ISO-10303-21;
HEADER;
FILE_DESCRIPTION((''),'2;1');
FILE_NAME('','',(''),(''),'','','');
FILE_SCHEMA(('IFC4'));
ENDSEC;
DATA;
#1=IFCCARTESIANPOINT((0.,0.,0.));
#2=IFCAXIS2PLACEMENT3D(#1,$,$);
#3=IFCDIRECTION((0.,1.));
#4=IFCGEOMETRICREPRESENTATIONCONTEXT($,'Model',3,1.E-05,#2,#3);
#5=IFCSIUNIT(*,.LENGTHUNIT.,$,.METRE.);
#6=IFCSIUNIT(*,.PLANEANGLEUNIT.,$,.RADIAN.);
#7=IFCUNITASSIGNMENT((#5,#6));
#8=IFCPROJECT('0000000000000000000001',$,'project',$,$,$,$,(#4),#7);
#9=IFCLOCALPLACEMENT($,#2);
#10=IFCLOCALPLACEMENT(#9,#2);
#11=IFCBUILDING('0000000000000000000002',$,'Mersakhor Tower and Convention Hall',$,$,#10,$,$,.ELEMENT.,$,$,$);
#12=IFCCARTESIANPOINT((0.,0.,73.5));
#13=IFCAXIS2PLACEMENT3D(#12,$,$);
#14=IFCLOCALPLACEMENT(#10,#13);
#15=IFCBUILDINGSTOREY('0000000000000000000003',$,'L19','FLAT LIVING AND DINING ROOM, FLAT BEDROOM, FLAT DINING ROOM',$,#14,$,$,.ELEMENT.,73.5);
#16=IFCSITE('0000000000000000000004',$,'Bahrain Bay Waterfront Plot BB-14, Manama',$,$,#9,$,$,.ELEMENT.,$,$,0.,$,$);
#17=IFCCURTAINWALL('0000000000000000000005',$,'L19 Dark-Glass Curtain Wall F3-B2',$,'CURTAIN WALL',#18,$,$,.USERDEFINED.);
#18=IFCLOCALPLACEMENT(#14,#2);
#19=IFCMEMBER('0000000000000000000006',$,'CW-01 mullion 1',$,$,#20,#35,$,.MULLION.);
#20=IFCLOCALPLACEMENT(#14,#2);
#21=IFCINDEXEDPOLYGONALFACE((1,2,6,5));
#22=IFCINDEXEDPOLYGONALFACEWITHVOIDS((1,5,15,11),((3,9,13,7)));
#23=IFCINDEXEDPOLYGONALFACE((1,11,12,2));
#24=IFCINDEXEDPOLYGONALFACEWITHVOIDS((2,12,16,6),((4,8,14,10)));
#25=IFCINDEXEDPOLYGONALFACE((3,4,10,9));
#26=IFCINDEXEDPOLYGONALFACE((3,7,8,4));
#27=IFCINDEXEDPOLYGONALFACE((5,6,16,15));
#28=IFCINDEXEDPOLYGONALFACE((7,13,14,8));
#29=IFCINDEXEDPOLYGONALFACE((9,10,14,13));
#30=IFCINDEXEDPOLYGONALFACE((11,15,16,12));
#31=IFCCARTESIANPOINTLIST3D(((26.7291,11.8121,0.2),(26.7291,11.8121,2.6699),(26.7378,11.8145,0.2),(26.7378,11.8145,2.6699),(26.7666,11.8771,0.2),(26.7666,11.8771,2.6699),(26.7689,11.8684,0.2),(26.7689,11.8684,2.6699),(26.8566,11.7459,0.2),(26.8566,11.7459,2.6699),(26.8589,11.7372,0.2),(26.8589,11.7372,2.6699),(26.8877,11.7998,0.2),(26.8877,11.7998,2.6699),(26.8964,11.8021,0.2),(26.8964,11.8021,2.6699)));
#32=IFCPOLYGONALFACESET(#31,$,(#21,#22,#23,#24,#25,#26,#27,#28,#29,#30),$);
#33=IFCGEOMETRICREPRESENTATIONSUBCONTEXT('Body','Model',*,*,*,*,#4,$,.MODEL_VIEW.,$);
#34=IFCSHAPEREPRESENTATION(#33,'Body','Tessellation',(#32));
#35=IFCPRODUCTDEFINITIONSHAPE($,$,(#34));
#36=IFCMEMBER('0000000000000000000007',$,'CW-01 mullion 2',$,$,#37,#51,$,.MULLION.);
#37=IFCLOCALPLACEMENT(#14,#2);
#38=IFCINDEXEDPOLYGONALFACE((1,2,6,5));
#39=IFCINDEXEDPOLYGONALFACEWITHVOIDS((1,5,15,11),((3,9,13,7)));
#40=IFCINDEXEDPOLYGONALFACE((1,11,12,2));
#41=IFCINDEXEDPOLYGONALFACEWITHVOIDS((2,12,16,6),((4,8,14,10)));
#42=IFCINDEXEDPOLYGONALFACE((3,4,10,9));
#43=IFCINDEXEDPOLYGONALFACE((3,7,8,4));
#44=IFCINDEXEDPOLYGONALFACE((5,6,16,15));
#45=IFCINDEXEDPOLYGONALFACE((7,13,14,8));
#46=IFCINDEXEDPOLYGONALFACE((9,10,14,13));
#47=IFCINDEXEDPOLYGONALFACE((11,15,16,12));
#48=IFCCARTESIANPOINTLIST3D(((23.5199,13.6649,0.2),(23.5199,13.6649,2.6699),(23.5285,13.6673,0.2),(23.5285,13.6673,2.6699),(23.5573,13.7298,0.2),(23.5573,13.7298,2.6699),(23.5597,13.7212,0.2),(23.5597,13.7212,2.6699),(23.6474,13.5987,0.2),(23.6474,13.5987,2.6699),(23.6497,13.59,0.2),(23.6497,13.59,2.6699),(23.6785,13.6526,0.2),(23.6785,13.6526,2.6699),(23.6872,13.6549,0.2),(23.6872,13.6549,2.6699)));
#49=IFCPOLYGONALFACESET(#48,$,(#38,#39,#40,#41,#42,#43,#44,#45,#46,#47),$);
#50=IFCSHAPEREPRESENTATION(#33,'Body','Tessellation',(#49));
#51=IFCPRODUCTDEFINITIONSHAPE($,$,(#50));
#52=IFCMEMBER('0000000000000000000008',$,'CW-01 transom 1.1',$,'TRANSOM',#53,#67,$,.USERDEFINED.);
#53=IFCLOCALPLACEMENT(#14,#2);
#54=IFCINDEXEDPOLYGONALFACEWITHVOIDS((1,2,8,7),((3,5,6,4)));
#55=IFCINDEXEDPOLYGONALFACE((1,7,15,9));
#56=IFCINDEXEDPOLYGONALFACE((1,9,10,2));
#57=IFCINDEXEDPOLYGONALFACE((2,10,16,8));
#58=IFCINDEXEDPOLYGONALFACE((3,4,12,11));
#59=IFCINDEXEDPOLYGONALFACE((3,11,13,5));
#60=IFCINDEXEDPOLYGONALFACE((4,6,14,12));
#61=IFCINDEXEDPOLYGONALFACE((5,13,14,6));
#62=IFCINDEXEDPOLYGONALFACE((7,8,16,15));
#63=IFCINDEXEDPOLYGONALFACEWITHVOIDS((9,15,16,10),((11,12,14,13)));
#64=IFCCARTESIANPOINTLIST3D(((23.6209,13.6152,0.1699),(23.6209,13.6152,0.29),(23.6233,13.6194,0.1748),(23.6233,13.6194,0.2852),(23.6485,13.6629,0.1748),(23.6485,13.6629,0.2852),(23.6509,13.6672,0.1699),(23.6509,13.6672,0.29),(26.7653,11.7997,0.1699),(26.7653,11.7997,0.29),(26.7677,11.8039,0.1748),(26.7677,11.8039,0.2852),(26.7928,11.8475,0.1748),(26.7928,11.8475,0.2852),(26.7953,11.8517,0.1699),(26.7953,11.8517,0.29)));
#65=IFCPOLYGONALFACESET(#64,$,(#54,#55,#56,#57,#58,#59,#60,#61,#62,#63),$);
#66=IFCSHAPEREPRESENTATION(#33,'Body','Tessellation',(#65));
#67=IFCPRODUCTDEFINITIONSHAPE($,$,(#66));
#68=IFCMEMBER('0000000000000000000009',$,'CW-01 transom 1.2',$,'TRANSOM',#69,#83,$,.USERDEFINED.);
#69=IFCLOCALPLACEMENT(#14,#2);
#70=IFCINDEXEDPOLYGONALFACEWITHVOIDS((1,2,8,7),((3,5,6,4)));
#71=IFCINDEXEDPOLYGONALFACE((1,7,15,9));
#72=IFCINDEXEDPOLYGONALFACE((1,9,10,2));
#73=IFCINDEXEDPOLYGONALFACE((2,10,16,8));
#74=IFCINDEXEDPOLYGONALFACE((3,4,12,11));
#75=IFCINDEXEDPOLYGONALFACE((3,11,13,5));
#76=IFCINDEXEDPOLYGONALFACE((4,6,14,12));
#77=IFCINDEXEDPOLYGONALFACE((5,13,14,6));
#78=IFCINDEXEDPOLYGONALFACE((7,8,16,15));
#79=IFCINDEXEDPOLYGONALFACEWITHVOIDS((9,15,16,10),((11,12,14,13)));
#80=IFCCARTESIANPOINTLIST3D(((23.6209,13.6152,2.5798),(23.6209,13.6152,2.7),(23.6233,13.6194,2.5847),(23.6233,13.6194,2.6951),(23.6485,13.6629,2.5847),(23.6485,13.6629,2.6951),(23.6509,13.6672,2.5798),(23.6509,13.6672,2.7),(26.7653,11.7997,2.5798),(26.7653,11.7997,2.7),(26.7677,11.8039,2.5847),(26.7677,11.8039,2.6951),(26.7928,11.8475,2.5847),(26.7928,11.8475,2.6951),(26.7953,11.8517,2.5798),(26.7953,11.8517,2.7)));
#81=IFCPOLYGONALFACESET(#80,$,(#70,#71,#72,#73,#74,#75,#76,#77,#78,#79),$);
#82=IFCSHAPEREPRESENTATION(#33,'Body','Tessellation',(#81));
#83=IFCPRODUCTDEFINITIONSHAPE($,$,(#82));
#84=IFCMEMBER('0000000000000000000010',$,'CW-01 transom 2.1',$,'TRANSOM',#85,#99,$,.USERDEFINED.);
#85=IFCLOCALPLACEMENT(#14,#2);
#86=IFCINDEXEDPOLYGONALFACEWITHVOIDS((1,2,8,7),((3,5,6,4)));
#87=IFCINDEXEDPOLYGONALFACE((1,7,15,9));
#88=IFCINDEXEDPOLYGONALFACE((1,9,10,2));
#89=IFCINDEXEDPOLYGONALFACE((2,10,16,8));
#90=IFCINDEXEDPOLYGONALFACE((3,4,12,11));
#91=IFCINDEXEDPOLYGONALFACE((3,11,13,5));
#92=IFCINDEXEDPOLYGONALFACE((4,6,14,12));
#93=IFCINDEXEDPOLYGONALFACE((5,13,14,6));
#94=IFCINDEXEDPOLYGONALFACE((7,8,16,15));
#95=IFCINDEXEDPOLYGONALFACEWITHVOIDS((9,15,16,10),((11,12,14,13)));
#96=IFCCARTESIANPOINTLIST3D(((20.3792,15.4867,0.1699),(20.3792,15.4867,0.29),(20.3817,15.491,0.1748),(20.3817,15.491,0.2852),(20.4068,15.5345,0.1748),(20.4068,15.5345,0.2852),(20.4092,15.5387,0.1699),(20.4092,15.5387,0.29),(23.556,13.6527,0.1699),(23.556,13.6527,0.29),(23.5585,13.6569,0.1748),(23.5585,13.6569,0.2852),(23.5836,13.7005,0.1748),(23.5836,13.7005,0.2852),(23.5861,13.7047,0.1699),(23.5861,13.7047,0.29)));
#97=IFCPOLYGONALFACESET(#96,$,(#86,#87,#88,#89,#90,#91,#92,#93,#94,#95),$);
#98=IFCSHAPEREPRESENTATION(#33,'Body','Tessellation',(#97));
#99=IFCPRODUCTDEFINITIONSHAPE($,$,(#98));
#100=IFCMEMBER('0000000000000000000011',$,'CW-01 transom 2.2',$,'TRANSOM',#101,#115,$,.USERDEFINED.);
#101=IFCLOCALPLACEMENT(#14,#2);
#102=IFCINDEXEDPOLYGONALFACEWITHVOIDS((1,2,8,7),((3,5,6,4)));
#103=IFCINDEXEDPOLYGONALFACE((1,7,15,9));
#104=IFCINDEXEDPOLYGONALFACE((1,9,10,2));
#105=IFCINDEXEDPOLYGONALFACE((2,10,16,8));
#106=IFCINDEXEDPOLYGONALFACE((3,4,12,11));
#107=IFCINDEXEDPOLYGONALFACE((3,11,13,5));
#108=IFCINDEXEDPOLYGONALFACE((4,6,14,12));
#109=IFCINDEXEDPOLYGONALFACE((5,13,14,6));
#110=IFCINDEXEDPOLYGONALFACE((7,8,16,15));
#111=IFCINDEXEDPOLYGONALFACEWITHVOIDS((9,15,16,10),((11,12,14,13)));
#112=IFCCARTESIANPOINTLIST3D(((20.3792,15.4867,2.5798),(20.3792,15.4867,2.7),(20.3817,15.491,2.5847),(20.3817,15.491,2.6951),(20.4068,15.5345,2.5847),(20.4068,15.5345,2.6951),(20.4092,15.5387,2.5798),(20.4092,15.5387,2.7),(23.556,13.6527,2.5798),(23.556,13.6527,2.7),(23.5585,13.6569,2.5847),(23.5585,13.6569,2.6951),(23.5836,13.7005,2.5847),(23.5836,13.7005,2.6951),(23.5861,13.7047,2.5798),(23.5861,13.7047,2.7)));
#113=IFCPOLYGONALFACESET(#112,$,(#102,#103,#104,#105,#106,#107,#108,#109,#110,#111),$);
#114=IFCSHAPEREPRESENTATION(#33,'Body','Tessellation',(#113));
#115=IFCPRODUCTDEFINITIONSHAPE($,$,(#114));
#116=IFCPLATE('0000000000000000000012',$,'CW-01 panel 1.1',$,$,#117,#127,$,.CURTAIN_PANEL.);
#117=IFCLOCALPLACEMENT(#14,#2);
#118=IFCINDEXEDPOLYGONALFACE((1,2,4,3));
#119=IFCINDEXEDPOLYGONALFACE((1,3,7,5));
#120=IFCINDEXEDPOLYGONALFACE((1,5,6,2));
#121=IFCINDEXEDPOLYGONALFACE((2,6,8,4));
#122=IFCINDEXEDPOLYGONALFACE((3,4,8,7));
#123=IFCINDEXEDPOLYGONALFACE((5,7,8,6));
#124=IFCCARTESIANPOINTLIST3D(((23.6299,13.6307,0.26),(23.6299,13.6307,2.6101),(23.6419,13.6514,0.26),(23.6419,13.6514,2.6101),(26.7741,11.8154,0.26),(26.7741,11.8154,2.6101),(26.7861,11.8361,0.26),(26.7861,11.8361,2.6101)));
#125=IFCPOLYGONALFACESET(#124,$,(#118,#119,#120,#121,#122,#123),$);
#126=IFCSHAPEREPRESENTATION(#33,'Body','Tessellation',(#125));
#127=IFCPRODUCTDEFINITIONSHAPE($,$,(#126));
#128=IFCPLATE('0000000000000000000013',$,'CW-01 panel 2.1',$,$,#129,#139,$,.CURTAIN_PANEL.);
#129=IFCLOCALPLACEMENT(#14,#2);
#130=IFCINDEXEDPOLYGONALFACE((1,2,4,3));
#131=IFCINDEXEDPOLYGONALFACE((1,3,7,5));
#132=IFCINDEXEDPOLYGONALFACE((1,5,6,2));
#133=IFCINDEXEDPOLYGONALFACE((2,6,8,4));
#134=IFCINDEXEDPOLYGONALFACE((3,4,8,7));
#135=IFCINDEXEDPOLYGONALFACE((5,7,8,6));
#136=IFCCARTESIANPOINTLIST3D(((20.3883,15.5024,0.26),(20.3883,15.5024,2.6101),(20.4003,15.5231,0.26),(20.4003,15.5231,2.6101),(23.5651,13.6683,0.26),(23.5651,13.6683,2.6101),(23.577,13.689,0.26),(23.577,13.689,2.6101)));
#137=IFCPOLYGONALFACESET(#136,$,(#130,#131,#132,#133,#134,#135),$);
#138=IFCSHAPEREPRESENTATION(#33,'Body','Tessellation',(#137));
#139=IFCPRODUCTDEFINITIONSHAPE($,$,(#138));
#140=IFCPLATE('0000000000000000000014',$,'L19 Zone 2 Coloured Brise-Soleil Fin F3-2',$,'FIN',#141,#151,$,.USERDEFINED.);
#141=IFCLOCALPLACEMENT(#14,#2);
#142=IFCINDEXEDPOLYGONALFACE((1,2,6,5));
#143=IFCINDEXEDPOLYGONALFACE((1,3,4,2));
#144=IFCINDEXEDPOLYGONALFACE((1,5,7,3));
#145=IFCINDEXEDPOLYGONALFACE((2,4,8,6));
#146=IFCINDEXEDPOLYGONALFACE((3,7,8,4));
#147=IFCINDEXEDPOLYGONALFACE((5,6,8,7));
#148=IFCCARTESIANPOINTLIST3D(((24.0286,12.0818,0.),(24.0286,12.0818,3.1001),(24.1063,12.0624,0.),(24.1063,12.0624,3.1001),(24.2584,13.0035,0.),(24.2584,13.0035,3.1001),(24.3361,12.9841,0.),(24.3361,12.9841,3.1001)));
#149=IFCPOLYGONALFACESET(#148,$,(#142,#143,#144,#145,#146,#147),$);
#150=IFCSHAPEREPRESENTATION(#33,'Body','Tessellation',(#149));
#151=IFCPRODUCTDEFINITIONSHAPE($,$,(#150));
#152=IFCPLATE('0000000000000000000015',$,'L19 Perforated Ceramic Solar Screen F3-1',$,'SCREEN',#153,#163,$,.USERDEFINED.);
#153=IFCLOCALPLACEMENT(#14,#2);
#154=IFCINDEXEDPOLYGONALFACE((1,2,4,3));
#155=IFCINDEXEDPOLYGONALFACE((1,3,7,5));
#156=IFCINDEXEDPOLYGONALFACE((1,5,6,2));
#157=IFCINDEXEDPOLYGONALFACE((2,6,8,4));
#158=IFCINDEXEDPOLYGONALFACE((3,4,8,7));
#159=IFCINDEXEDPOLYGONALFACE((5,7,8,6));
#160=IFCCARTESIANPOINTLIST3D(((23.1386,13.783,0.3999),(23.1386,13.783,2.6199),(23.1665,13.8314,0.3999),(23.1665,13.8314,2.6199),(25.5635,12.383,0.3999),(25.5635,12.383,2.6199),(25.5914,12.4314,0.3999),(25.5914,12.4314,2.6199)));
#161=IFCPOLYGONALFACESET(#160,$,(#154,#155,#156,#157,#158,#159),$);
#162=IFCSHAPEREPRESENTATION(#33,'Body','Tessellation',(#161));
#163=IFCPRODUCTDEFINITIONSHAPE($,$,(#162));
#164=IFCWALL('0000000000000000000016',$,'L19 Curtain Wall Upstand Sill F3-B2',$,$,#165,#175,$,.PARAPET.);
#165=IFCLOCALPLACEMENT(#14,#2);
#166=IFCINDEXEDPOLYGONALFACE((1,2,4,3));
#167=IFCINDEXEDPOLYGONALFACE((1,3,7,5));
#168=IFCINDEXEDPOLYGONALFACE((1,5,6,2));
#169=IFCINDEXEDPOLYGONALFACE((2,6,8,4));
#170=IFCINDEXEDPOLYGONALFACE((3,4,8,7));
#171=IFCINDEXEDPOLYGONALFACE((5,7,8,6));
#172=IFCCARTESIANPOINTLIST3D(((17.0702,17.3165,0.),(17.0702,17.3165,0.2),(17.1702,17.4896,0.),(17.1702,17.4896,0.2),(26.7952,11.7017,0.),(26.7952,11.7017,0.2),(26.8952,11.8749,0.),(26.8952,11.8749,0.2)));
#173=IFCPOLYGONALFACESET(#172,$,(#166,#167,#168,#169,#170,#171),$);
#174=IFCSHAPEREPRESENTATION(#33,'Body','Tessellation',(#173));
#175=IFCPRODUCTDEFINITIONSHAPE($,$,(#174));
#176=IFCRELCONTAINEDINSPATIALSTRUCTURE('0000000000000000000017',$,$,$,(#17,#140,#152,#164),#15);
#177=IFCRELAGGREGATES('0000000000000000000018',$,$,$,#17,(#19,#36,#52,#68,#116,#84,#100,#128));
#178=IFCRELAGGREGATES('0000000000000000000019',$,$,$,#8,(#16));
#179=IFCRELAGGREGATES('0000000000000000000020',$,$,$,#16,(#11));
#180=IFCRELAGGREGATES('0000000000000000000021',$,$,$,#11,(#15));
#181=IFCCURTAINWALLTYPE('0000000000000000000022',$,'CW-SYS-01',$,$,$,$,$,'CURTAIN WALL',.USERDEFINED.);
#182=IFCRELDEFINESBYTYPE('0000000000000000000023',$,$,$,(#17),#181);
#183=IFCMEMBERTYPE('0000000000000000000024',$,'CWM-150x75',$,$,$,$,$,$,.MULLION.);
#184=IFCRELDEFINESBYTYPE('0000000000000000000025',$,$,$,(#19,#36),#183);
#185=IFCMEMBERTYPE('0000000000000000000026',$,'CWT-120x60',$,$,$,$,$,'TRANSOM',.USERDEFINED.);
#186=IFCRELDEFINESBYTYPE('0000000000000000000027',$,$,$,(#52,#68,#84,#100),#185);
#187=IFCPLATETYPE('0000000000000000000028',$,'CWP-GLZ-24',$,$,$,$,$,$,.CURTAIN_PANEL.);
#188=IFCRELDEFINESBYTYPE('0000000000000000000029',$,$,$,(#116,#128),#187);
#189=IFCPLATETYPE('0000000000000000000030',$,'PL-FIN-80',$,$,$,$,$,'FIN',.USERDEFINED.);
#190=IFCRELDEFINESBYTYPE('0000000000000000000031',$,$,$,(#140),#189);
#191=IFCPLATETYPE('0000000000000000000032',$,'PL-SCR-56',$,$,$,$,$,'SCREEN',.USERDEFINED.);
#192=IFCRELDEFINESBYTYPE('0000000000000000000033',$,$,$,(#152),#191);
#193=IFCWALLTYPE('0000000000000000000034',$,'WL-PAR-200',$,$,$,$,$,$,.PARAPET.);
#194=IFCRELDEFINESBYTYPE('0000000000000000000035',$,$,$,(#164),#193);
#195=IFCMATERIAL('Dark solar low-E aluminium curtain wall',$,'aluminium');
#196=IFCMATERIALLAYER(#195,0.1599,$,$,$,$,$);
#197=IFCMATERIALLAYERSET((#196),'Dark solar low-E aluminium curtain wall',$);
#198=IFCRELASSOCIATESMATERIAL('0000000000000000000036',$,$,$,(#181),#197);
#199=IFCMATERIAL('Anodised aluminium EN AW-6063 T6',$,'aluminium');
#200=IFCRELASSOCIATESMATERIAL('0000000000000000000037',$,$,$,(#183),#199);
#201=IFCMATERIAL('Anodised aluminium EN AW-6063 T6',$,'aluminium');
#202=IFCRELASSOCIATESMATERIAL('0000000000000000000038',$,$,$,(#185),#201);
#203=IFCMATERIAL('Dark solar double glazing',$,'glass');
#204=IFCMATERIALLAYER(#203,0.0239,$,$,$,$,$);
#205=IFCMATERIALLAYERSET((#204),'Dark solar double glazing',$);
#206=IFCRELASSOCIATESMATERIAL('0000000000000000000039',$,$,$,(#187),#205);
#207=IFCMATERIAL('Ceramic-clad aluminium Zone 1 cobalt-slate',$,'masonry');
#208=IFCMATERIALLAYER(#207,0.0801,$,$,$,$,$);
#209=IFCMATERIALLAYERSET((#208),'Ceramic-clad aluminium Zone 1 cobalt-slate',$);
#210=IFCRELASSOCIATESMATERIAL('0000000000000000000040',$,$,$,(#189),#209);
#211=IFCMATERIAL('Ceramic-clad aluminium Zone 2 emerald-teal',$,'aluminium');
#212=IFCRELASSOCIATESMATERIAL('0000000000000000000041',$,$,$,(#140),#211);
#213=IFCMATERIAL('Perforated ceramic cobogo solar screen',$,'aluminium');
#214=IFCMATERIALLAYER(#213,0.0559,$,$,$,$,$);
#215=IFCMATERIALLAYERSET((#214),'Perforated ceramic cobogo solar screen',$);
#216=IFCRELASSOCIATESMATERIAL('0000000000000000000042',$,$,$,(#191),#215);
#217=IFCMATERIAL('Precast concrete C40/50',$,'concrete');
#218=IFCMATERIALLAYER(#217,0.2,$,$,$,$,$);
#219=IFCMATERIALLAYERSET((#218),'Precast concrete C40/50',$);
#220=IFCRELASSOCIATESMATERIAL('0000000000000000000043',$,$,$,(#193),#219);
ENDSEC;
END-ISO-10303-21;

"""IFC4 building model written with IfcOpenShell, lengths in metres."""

from ifc_helpers import new_model, si_unit, direction, frame, frame_2d, origin, origin_2d, place, context, subcontext, project, spatial, rectangle, hollow_rectangle, extrude, material, layer, layer_set, material_profile, profile_set, type_object, element, aggregate, save


model = new_model("IFC4")

# Units and contexts
model_context = context("Model", 3, precision=1e-05, world=origin(), true_north=direction((0.0, 1.0)))
body_context = subcontext(model_context, "Body", "Model", "MODEL_VIEW")
ifc_project = project(units=[si_unit("LENGTHUNIT", "METRE"), si_unit("PLANEANGLEUNIT", "RADIAN")], contexts=[model_context])

# Site, building, storey
site_placement = place(None, origin())
site = spatial("IfcSite", under=ifc_project, at=site_placement, Name="Bahrain Bay Waterfront Plot BB-14, Manama", CompositionType="ELEMENT", RefElevation=0.0)
building_placement = place(site_placement, origin())
building = spatial("IfcBuilding", under=site, at=building_placement, Name="Mersakhor Tower and Convention Hall", CompositionType="ELEMENT")
storey_placement = place(building_placement, frame((0.0, 0.0, 73.5)))
storey = spatial("IfcBuildingStorey", under=building, at=storey_placement, Name="L19", Description="FLAT LIVING AND DINING ROOM, FLAT BEDROOM, FLAT DINING ROOM", CompositionType="ELEMENT", Elevation=73.5)

# Curtain wall, members, plates
ifc_material_1 = material(Name="Dark solar low-E aluminium curtain wall", Category="aluminium")
ifc_layer_1 = layer(ifc_material_1, 0.1599)
ifc_layer_set_1 = layer_set([ifc_layer_1], Name="Dark solar low-E aluminium curtain wall")
curtain_wall_type = type_object("IfcCurtainWallType", Name="CW-SYS-01", ElementType="CURTAIN WALL", PredefinedType="USERDEFINED", material=ifc_layer_set_1)
curtain_wall_placement = place(storey_placement, origin())
curtain_wall = element("IfcCurtainWall", 1, at=curtain_wall_placement, inside=storey, type_object=curtain_wall_type, Name="L19 Dark-Glass Curtain Wall F3-B2", ObjectType="CURTAIN WALL", PredefinedType="USERDEFINED")
ifc_material_2 = material(Name="Anodised aluminium EN AW-6063 T6", Category="aluminium")
ifc_material_profile_1 = material_profile(ifc_material_2, hollow_rectangle(XDim=0.075, YDim=0.1499, WallThickness=0.0063, at=origin_2d()), Name="RHS 150x75x6.3")
ifc_profile_set_1 = profile_set([ifc_material_profile_1], Name="Anodised aluminium EN AW-6063 T6")
member_type_1 = type_object("IfcMemberType", Name="CWM-150x75", PredefinedType="MULLION", material=ifc_profile_set_1)
member_1_placement = place(storey_placement, frame((26.8127, 11.8071, 0.2), z_axis=(0.0, 0.0, 1.0), x_axis=(-0.499998, -0.866027, 0.0)))
member_1 = element("IfcMember", 2, at=member_1_placement, type_object=member_type_1, Name="CW-01 mullion 1", PredefinedType="MULLION", context=body_context, shape_type="SweptSolid", body=[
    extrude(hollow_rectangle(XDim=0.075, YDim=0.1499, WallThickness=0.0063, at=origin_2d()), origin(), (0.0, 0.0, 1.0), 2.47),
])
member_2_placement = place(storey_placement, frame((23.6035, 13.6599, 0.2), z_axis=(0.0, 0.0, 1.0), x_axis=(-0.499998, -0.866027, 0.0)))
member_2 = element("IfcMember", 3, at=member_2_placement, type_object=member_type_1, Name="CW-01 mullion 2", PredefinedType="MULLION", context=body_context, shape_type="SweptSolid", body=[
    extrude(hollow_rectangle(XDim=0.075, YDim=0.1499, WallThickness=0.0063, at=origin_2d()), origin(), (0.0, 0.0, 1.0), 2.47),
])
ifc_material_3 = material(Name="Anodised aluminium EN AW-6063 T6", Category="aluminium")
ifc_material_profile_2 = material_profile(ifc_material_3, hollow_rectangle(XDim=0.0601, YDim=0.1201, WallThickness=0.0049, at=origin_2d()), Name="RHS 120x60x5")
ifc_profile_set_2 = profile_set([ifc_material_profile_2], Name="Anodised aluminium EN AW-6063 T6")
member_type_2 = type_object("IfcMemberType", Name="CWT-120x60", ElementType="TRANSOM", PredefinedType="USERDEFINED", material=ifc_profile_set_2)
member_3_placement = place(storey_placement, frame((26.7803, 11.8257, 0.23), z_axis=(-0.866016, 0.500015, 0.0), x_axis=(-0.500015, -0.866016, 0.0)))
member_3 = element("IfcMember", 4, at=member_3_placement, type_object=member_type_2, Name="CW-01 transom 1.1", ObjectType="TRANSOM", PredefinedType="USERDEFINED", context=body_context, shape_type="SweptSolid", body=[
    extrude(hollow_rectangle(XDim=0.0601, YDim=0.1201, WallThickness=0.0049, at=origin_2d()), origin(), (0.0, 0.0, 1.0), 3.6309),
])
member_4_placement = place(storey_placement, frame((26.7803, 11.8257, 2.6399), z_axis=(-0.866016, 0.500015, 0.0), x_axis=(-0.500015, -0.866016, 0.0)))
member_4 = element("IfcMember", 5, at=member_4_placement, type_object=member_type_2, Name="CW-01 transom 1.2", ObjectType="TRANSOM", PredefinedType="USERDEFINED", context=body_context, shape_type="SweptSolid", body=[
    extrude(hollow_rectangle(XDim=0.0601, YDim=0.1201, WallThickness=0.0049, at=origin_2d()), origin(), (0.0, 0.0, 1.0), 3.6309),
])
member_5_placement = place(storey_placement, frame((23.571, 13.6787, 0.23), z_axis=(-0.866039, 0.499976, 0.0), x_axis=(-0.499976, -0.866039, 0.0)))
member_5 = element("IfcMember", 6, at=member_5_placement, type_object=member_type_2, Name="CW-01 transom 2.1", ObjectType="TRANSOM", PredefinedType="USERDEFINED", context=body_context, shape_type="SweptSolid", body=[
    extrude(hollow_rectangle(XDim=0.0601, YDim=0.1201, WallThickness=0.0049, at=origin_2d()), origin(), (0.0, 0.0, 1.0), 3.6682),
])
member_6_placement = place(storey_placement, frame((23.571, 13.6787, 2.6399), z_axis=(-0.866039, 0.499976, 0.0), x_axis=(-0.499976, -0.866039, 0.0)))
member_6 = element("IfcMember", 7, at=member_6_placement, type_object=member_type_2, Name="CW-01 transom 2.2", ObjectType="TRANSOM", PredefinedType="USERDEFINED", context=body_context, shape_type="SweptSolid", body=[
    extrude(hollow_rectangle(XDim=0.0601, YDim=0.1201, WallThickness=0.0049, at=origin_2d()), origin(), (0.0, 0.0, 1.0), 3.6682),
])
ifc_material_4 = material(Name="Dark solar double glazing", Category="glass")
ifc_layer_2 = layer(ifc_material_4, 0.0239)
ifc_layer_set_2 = layer_set([ifc_layer_2], Name="Dark solar double glazing")
plate_type_1 = type_object("IfcPlateType", Name="CWP-GLZ-24", PredefinedType="CURTAIN_PANEL", material=ifc_layer_set_2)
plate_1_placement = place(storey_placement, frame((25.208, 12.7334, 0.26), z_axis=(0.0, 0.0, 1.0), x_axis=(-0.866027, 0.499998, 0.0)))
plate_1 = element("IfcPlate", 8, at=plate_1_placement, type_object=plate_type_1, Name="CW-01 panel 1.1", PredefinedType="CURTAIN_PANEL", context=body_context, shape_type="SweptSolid", body=[
    extrude(rectangle(XDim=3.6306, YDim=0.0239, at=origin_2d()), origin(), (0.0, 0.0, 1.0), 2.3501),
])
plate_2_placement = place(storey_placement, frame((21.9827, 14.5957, 0.26), z_axis=(0.0, 0.0, 1.0), x_axis=(-0.866027, 0.499998, 0.0)))
plate_2 = element("IfcPlate", 9, at=plate_2_placement, type_object=plate_type_1, Name="CW-01 panel 2.1", PredefinedType="CURTAIN_PANEL", context=body_context, shape_type="SweptSolid", body=[
    extrude(rectangle(XDim=3.6682, YDim=0.0239, at=origin_2d()), origin(), (0.0, 0.0, 1.0), 2.3501),
])
aggregate(curtain_wall, [member_1, member_2, member_3, member_4, plate_1, member_5, member_6, plate_2])

# Plates
ifc_material_5 = material(Name="Ceramic-clad aluminium Zone 2 emerald-teal", Category="aluminium")
ifc_material_6 = material(Name="Ceramic-clad aluminium Zone 1 cobalt-slate", Category="masonry")
ifc_layer_3 = layer(ifc_material_6, 0.0801)
ifc_layer_set_3 = layer_set([ifc_layer_3], Name="Ceramic-clad aluminium Zone 1 cobalt-slate")
plate_type_2 = type_object("IfcPlateType", Name="PL-FIN-80", ElementType="FIN", PredefinedType="USERDEFINED", material=ifc_layer_set_3)
plate_3_placement = place(storey_placement, frame((24.1824, 12.533, 0.0), z_axis=(0.0, 0.0, 1.0), x_axis=(-0.241922, -0.970296, 0.0)))
element("IfcPlate", 10, at=plate_3_placement, inside=storey, type_object=plate_type_2, material=ifc_material_5, Name="L19 Zone 2 Coloured Brise-Soleil Fin F3-2", ObjectType="FIN", PredefinedType="USERDEFINED", context=body_context, shape_type="SweptSolid", body=[
    extrude(rectangle(XDim=0.95, YDim=0.0801, at=origin_2d()), origin(), (0.0, 0.0, 1.0), 3.1001),
])
ifc_material_7 = material(Name="Perforated ceramic cobogo solar screen", Category="aluminium")
ifc_layer_4 = layer(ifc_material_7, 0.0559)
ifc_layer_set_4 = layer_set([ifc_layer_4], Name="Perforated ceramic cobogo solar screen")
plate_type_3 = type_object("IfcPlateType", Name="PL-SCR-56", ElementType="SCREEN", PredefinedType="USERDEFINED", material=ifc_layer_set_4)
plate_4_placement = place(storey_placement, frame((24.365, 13.1072, 0.3999), z_axis=(0.0, 0.0, 1.0), x_axis=(-0.866025, 0.5, 0.0)))
element("IfcPlate", 11, at=plate_4_placement, inside=storey, type_object=plate_type_3, Name="L19 Perforated Ceramic Solar Screen F3-1", ObjectType="SCREEN", PredefinedType="USERDEFINED", context=body_context, shape_type="SweptSolid", body=[
    extrude(rectangle(XDim=2.8, YDim=0.0559, at=origin_2d()), origin(), (0.0, 0.0, 1.0), 2.22),
])

# Wall
ifc_material_8 = material(Name="Precast concrete C40/50", Category="concrete")
ifc_layer_5 = layer(ifc_material_8, 0.2)
ifc_layer_set_5 = layer_set([ifc_layer_5], Name="Precast concrete C40/50")
wall_type_1 = type_object("IfcWallType", Name="WL-PAR-200", PredefinedType="PARAPET", material=ifc_layer_set_5)
wall_1_placement = place(storey_placement, frame((26.8452, 11.7883, 0.0), z_axis=(0.0, 0.0, 1.0), x_axis=(-0.866027, 0.499997, 0.0)))
element("IfcWall", 12, at=wall_1_placement, inside=storey, type_object=wall_type_1, Name="L19 Curtain Wall Upstand Sill F3-B2", PredefinedType="PARAPET", context=body_context, shape_type="SweptSolid", body=[
    extrude(rectangle(XDim=11.2295, YDim=0.2, at=frame_2d((5.6147, 0.0))), origin(), (0.0, 0.0, 1.0), 0.2),
])

save(model, "model.ifc")
